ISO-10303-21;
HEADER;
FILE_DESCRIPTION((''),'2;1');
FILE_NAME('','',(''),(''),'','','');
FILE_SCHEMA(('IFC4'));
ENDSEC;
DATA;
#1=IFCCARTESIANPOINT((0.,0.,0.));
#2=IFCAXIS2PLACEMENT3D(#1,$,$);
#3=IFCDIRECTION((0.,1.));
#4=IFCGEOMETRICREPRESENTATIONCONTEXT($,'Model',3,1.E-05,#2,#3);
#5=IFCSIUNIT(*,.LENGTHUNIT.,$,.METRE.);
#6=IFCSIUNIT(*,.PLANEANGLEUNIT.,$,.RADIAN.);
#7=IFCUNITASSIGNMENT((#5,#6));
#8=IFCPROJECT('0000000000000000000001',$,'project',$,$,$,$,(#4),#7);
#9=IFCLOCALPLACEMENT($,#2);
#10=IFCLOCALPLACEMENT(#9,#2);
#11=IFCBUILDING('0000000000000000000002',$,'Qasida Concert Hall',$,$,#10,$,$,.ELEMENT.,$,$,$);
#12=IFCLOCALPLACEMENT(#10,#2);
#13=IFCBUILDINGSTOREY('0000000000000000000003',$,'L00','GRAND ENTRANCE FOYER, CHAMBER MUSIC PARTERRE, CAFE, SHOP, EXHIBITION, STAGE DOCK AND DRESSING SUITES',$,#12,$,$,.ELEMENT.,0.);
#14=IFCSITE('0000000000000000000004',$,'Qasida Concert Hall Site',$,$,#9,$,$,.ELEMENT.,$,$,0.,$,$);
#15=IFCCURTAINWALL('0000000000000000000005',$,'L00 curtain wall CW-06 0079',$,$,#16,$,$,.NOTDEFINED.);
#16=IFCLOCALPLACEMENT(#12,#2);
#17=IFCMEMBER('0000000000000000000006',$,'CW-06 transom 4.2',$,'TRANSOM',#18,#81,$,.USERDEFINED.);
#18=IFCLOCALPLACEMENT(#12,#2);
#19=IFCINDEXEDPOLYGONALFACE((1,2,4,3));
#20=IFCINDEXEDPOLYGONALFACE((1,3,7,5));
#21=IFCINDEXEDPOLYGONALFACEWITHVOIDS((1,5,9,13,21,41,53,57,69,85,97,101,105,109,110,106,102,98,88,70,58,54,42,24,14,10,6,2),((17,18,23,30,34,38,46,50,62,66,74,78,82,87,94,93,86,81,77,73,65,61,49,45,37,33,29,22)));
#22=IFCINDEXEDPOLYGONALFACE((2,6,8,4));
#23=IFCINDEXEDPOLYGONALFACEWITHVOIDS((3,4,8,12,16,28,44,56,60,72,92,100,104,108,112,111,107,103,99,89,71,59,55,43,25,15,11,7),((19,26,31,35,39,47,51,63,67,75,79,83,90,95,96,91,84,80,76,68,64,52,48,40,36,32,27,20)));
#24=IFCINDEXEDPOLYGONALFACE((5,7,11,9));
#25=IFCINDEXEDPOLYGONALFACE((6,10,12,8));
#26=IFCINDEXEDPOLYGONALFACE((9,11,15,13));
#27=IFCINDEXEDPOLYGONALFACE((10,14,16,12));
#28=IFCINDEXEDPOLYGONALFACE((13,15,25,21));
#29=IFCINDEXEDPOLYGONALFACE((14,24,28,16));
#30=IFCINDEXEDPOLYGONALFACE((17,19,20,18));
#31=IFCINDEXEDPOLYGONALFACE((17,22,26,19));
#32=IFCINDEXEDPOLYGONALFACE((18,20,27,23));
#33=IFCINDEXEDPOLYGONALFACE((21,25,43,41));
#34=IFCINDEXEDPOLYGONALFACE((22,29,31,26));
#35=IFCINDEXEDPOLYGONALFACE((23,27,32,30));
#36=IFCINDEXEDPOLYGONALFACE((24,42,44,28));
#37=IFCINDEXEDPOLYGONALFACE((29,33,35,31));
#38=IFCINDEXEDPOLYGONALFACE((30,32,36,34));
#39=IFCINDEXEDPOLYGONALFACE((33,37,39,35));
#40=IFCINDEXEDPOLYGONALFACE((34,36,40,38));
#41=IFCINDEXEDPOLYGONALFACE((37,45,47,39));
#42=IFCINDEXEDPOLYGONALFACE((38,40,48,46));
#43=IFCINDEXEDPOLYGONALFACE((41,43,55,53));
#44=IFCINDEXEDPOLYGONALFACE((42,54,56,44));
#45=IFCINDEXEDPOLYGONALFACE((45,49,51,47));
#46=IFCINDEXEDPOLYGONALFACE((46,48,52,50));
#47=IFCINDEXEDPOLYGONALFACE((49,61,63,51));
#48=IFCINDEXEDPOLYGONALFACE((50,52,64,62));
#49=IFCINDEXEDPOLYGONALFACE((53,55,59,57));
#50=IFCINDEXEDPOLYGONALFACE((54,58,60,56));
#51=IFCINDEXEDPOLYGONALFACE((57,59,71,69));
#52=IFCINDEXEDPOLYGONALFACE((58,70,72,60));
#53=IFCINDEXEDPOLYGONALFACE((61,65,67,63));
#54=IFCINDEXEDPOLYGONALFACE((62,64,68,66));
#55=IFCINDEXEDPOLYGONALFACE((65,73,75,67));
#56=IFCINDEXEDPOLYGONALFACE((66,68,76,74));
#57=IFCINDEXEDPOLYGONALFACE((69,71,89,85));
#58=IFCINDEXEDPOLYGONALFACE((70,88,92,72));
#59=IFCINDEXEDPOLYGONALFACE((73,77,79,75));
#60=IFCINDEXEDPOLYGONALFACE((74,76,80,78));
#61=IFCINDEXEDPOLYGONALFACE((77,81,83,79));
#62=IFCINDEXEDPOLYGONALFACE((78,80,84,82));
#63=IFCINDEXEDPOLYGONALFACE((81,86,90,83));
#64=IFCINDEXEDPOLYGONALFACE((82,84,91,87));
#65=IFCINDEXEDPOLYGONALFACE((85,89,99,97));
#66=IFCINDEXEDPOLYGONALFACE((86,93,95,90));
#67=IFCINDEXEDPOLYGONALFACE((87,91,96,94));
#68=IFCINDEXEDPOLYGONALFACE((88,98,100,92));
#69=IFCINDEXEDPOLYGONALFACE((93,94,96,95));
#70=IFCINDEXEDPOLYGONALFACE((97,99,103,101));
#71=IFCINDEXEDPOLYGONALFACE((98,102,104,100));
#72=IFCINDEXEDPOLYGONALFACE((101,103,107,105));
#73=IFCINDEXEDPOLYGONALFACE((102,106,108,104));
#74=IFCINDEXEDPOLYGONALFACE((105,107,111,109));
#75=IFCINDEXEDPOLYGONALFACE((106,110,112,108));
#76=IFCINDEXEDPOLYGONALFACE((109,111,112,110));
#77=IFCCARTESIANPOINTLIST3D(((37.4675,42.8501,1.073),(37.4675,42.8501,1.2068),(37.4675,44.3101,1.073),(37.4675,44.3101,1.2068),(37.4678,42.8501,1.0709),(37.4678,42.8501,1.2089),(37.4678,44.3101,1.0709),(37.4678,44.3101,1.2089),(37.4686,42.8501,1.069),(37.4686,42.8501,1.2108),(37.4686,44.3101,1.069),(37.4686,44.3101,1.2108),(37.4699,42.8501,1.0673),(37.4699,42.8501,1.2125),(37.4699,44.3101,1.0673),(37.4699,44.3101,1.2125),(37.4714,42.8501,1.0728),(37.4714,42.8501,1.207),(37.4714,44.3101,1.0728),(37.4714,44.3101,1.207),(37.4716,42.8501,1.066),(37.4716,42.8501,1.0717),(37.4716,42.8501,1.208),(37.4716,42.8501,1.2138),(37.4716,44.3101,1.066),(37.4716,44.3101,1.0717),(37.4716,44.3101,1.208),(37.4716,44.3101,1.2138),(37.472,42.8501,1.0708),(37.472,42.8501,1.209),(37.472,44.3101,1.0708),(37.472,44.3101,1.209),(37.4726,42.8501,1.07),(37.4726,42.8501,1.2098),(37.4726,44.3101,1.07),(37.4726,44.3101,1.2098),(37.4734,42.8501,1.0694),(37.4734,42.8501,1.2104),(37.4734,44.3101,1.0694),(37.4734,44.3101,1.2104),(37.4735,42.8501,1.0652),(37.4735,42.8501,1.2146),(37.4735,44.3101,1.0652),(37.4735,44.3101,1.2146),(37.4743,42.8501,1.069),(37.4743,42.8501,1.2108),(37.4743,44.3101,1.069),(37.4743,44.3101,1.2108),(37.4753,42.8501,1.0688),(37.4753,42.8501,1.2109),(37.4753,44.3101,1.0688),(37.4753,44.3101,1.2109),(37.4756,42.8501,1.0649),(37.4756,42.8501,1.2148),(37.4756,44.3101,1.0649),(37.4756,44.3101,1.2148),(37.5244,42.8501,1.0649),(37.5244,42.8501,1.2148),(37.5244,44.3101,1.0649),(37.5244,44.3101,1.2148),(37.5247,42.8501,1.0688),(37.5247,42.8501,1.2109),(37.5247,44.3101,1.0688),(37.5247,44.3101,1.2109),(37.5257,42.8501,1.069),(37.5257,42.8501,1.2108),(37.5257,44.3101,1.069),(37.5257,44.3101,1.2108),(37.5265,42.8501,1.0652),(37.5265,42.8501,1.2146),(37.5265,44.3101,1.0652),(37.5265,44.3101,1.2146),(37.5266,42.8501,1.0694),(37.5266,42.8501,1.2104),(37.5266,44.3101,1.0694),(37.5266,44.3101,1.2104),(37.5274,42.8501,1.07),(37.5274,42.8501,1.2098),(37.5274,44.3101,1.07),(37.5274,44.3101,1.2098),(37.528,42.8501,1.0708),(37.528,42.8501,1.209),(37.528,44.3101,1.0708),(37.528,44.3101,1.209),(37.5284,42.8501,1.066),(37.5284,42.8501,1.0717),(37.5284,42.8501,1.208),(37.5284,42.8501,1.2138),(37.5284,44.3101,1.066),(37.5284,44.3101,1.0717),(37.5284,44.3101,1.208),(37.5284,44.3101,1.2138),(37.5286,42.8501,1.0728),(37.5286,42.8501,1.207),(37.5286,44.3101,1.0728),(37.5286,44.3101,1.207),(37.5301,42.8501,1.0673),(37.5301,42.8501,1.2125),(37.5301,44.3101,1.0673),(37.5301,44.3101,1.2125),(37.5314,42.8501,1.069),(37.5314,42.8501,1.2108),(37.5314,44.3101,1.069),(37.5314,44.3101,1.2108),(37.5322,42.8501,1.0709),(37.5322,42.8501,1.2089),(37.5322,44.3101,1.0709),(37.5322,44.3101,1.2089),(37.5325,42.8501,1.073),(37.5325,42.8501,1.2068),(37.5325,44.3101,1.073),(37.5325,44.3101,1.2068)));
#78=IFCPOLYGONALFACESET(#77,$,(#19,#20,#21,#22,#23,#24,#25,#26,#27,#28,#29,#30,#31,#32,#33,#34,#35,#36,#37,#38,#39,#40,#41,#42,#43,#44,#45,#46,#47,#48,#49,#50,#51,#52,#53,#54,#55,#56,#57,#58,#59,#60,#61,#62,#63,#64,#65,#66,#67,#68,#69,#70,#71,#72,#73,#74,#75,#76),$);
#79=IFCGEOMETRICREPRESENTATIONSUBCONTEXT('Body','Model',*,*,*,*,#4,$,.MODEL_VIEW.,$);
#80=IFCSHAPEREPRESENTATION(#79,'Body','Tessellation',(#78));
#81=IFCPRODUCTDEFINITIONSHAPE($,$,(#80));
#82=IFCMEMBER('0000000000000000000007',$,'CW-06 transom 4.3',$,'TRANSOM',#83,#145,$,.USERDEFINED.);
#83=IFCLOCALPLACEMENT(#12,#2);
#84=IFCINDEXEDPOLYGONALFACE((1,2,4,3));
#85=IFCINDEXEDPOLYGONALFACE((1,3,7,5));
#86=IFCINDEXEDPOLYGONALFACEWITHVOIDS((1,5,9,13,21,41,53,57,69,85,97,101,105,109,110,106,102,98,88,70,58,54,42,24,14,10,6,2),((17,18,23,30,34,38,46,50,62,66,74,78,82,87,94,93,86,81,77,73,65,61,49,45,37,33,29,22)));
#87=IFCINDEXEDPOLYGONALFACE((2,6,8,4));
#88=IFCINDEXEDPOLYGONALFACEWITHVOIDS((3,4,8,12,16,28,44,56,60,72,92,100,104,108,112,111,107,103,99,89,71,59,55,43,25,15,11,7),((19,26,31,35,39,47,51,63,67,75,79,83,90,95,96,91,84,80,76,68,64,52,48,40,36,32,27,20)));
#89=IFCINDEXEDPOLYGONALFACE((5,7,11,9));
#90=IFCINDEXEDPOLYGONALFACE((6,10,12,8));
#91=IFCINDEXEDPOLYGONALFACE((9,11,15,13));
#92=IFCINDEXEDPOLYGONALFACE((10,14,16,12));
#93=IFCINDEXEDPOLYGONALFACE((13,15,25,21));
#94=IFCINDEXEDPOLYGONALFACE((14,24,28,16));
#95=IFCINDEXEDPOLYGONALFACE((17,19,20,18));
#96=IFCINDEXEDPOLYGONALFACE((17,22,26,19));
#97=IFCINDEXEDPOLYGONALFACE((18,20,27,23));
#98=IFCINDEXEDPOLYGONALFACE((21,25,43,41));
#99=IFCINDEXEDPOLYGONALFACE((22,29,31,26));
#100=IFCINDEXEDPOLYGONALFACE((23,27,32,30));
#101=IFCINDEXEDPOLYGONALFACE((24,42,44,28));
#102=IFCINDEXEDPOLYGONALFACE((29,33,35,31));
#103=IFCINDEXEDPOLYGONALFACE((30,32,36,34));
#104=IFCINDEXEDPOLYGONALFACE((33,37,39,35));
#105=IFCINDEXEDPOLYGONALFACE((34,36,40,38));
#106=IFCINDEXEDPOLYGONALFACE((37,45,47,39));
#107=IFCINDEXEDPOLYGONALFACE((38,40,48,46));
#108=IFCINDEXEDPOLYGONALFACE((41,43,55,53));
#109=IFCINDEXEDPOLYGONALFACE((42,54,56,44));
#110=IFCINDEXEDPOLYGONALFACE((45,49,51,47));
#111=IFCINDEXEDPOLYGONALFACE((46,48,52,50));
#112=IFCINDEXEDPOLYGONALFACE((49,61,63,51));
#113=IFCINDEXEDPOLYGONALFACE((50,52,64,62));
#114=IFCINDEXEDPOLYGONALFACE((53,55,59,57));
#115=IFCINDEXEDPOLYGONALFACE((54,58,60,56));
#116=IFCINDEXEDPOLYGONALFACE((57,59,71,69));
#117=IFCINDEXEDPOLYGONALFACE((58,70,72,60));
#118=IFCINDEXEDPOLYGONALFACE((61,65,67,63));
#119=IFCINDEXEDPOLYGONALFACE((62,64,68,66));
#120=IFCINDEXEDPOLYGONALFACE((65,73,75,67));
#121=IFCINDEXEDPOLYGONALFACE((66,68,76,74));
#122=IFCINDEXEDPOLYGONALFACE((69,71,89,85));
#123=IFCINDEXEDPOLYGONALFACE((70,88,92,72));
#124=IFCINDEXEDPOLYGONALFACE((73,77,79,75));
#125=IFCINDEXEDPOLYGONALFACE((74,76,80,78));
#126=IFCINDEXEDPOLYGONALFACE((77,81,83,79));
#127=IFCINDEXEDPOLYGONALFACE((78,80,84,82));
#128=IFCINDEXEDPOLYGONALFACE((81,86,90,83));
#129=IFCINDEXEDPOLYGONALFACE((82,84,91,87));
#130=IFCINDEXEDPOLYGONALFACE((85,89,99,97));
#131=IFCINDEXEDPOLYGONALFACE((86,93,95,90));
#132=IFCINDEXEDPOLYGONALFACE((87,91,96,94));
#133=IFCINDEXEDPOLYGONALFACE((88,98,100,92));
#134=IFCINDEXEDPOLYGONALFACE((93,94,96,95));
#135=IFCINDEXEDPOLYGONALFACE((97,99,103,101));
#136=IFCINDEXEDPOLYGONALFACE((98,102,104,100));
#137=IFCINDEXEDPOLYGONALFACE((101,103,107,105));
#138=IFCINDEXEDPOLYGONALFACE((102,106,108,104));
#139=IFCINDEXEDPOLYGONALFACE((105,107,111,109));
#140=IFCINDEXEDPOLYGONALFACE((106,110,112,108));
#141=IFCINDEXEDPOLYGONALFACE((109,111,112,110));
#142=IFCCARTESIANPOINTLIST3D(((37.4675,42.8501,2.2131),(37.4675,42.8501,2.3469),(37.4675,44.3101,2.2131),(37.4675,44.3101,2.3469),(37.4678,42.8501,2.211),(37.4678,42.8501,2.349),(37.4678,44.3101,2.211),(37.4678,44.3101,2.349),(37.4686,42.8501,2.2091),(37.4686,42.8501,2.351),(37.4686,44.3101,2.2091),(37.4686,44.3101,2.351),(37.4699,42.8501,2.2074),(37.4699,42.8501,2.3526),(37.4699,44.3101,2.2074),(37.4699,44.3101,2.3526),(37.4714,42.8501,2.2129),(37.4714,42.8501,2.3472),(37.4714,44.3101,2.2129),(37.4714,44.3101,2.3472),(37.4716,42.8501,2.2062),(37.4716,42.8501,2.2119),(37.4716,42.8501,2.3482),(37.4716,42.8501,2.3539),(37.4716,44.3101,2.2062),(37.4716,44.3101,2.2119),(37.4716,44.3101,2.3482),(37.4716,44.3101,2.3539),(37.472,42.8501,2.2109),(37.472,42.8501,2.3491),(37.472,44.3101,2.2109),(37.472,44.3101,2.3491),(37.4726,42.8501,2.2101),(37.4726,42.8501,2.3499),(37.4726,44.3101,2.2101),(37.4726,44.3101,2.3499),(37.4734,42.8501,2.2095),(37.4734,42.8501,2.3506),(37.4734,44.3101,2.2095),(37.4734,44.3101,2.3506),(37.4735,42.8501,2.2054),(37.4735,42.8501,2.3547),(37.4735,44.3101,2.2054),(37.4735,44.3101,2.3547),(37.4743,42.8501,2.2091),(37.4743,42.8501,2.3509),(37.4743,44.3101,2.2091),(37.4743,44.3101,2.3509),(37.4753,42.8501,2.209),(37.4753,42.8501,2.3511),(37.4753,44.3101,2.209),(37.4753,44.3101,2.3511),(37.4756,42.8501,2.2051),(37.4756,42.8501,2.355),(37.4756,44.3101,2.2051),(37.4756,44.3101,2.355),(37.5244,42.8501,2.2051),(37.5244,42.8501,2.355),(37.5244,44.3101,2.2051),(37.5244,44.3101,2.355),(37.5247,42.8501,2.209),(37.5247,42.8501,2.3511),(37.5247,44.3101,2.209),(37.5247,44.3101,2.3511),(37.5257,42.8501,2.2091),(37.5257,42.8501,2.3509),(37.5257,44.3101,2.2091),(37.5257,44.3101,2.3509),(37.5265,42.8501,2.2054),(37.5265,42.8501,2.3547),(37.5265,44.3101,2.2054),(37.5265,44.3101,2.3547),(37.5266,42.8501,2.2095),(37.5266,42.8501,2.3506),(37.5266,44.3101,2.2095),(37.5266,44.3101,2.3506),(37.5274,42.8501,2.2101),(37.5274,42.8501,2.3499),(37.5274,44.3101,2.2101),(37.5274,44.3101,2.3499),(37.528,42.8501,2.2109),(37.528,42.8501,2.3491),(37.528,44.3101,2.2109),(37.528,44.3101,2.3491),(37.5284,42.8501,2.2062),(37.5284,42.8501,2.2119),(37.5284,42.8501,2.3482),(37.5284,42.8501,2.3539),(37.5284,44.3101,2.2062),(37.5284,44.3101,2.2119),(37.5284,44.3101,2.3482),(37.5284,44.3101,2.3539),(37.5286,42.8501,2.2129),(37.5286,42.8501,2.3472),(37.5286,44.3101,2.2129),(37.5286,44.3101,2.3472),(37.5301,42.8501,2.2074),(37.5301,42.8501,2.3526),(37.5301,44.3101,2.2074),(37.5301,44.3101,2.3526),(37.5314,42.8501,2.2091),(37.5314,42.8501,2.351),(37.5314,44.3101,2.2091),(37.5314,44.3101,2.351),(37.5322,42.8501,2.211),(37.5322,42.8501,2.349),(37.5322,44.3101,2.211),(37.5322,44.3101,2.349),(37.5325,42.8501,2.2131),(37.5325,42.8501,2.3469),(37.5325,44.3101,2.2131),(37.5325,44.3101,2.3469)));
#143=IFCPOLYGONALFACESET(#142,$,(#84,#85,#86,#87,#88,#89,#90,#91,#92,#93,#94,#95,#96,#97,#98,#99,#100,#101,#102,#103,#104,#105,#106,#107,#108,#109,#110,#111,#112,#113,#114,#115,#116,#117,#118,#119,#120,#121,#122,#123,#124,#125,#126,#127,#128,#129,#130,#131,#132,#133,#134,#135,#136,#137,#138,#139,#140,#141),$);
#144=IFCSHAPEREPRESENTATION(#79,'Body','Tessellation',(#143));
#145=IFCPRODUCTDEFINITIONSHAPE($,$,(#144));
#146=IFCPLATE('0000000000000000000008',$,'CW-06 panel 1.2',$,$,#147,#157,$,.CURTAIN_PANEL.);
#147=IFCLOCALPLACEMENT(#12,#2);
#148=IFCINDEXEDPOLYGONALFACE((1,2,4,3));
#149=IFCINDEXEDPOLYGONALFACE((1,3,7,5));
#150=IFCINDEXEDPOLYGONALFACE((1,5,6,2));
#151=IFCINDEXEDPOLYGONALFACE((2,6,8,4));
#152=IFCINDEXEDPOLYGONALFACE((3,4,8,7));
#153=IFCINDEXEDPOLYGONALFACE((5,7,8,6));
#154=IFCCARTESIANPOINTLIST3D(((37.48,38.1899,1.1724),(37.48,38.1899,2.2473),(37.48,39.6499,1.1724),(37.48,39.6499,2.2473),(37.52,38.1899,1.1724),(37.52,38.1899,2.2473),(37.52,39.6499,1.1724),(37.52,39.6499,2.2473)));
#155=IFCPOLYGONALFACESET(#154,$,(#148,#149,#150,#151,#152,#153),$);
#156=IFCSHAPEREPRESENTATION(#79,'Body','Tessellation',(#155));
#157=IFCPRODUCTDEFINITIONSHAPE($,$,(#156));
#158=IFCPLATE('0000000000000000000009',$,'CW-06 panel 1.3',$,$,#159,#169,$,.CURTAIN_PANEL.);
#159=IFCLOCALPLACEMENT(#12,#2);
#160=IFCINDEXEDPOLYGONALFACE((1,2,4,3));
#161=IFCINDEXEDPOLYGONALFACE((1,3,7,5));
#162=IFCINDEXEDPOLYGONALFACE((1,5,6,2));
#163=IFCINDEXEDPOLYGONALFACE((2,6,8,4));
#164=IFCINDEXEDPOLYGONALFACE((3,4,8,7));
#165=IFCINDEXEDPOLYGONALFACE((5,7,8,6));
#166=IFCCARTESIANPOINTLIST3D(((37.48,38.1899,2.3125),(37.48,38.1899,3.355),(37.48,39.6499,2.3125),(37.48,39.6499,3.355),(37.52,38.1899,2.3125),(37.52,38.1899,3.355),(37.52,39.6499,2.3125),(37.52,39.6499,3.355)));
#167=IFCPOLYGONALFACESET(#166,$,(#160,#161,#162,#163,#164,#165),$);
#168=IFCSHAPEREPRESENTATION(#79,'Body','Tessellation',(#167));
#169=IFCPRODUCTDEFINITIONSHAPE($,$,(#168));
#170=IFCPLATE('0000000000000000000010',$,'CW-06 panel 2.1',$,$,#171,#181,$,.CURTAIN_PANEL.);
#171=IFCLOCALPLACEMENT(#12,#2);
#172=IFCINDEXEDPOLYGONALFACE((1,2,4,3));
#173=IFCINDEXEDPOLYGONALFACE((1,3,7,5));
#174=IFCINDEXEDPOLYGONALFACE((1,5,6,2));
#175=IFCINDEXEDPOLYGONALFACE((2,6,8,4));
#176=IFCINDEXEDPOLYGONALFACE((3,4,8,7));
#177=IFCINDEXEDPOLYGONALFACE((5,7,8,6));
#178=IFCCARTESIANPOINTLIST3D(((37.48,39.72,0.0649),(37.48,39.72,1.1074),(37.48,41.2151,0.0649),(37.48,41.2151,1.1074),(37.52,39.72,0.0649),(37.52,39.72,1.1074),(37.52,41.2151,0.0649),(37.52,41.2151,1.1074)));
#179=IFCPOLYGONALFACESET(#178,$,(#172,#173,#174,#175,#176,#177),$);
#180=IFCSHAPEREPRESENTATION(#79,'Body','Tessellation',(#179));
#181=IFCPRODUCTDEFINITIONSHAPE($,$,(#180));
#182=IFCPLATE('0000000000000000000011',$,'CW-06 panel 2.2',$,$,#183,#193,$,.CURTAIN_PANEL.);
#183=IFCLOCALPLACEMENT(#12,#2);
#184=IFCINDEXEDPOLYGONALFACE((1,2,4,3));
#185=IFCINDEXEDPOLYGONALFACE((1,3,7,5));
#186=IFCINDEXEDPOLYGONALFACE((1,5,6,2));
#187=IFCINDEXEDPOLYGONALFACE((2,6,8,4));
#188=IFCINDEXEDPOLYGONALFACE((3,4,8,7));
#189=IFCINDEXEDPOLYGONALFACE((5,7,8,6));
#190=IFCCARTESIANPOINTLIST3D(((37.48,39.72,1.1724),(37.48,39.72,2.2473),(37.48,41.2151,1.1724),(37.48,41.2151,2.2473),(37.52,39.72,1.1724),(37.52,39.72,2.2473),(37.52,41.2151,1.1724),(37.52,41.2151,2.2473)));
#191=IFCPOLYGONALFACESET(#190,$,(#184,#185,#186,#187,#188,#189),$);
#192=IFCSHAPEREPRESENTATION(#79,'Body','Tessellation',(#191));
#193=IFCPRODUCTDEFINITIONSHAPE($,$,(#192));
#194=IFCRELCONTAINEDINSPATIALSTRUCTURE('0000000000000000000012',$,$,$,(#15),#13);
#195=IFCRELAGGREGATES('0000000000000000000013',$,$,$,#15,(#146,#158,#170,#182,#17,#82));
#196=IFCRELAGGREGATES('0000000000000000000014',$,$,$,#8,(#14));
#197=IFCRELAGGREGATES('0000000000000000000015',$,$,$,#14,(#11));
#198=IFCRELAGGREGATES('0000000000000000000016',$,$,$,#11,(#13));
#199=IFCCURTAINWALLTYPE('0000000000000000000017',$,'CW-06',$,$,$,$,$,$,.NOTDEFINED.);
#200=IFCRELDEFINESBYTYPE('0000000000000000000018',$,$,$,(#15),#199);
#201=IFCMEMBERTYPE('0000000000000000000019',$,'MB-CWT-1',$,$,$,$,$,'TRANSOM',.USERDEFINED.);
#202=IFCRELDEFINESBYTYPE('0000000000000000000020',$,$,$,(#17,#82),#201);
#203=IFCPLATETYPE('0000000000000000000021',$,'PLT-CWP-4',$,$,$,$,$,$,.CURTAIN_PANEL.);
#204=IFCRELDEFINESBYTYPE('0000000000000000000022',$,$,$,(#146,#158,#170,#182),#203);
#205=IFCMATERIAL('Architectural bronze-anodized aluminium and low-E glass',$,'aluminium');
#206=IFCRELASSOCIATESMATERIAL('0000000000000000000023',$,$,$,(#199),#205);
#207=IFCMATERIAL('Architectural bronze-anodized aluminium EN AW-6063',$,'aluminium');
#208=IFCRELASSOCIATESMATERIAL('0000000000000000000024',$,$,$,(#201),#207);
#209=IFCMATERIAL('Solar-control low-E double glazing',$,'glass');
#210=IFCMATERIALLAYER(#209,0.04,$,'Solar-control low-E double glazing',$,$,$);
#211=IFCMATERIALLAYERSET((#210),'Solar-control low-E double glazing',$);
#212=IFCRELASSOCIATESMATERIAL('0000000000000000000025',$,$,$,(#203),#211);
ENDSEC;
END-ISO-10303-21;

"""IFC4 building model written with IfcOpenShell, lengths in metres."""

from ifc_helpers import new_model, si_unit, direction, frame, origin, origin_2d, place, context, subcontext, project, spatial, rectangle, hollow_rectangle, extrude, material, layer, layer_set, material_profile, profile_set, type_object, element, aggregate, save


model = new_model("IFC4")

# Units and contexts
model_context = context("Model", 3, precision=1e-05, world=origin(), true_north=direction((0.0, 1.0)))
body_context = subcontext(model_context, "Body", "Model", "MODEL_VIEW")
ifc_project = project(units=[si_unit("LENGTHUNIT", "METRE"), si_unit("PLANEANGLEUNIT", "RADIAN")], contexts=[model_context])

# Site, building, storey
site_placement = place(None, origin())
site = spatial("IfcSite", under=ifc_project, at=site_placement, Name="Qasida Concert Hall Site", CompositionType="ELEMENT", RefElevation=0.0)
building_placement = place(site_placement, origin())
building = spatial("IfcBuilding", under=site, at=building_placement, Name="Qasida Concert Hall", CompositionType="ELEMENT")
storey_placement = place(building_placement, origin())
storey = spatial("IfcBuildingStorey", under=building, at=storey_placement, Name="L00", Description="GRAND ENTRANCE FOYER, CHAMBER MUSIC PARTERRE, CAFE, SHOP, EXHIBITION, STAGE DOCK AND DRESSING SUITES", CompositionType="ELEMENT", Elevation=0.0)

# Curtain wall, members, plates
ifc_material_1 = material(Name="Architectural bronze-anodized aluminium and low-E glass", Category="aluminium")
curtain_wall_type = type_object("IfcCurtainWallType", Name="CW-06", PredefinedType="NOTDEFINED", material=ifc_material_1)
curtain_wall_placement = place(storey_placement, origin())
curtain_wall = element("IfcCurtainWall", 1, at=curtain_wall_placement, inside=storey, type_object=curtain_wall_type, Name="L00 curtain wall CW-06 0079", PredefinedType="NOTDEFINED")
ifc_material_2 = material(Name="Architectural bronze-anodized aluminium EN AW-6063", Category="aluminium")
ifc_material_profile_1 = material_profile(ifc_material_2, hollow_rectangle(XDim=0.0649, YDim=0.1499, WallThickness=0.0039, InnerFilletRadius=0.0039, OuterFilletRadius=0.0081, at=origin_2d()), Name="CWT 150x65x4")
ifc_profile_set_1 = profile_set([ifc_material_profile_1], Name="Architectural bronze-anodized aluminium EN AW-6063")
member_type_1 = type_object("IfcMemberType", Name="MB-CWT-1", ElementType="TRANSOM", PredefinedType="USERDEFINED", material=ifc_profile_set_1)
member_1_placement = place(storey_placement, frame((37.5, 42.8501, 1.1399), z_axis=(0.0, 1.0, 0.0), x_axis=(-1.0, 0.0, 0.0)))
member_1 = element("IfcMember", 2, at=member_1_placement, type_object=member_type_1, Name="CW-06 transom 4.2", ObjectType="TRANSOM", PredefinedType="USERDEFINED", context=body_context, shape_type="SweptSolid", body=[
    extrude(hollow_rectangle(XDim=0.0649, YDim=0.1499, WallThickness=0.0039, InnerFilletRadius=0.0039, OuterFilletRadius=0.0081, at=origin_2d()), origin(), (0.0, 0.0, 1.0), 1.46),
])
member_2_placement = place(storey_placement, frame((37.5, 42.8501, 2.28), z_axis=(0.0, 1.0, 0.0), x_axis=(-1.0, 0.0, 0.0)))
member_2 = element("IfcMember", 3, at=member_2_placement, type_object=member_type_1, Name="CW-06 transom 4.3", ObjectType="TRANSOM", PredefinedType="USERDEFINED", context=body_context, shape_type="SweptSolid", body=[
    extrude(hollow_rectangle(XDim=0.0649, YDim=0.1499, WallThickness=0.0039, InnerFilletRadius=0.0039, OuterFilletRadius=0.0081, at=origin_2d()), origin(), (0.0, 0.0, 1.0), 1.46),
])
ifc_material_3 = material(Name="Solar-control low-E double glazing", Category="glass")
ifc_layer = layer(ifc_material_3, 0.04, Name="Solar-control low-E double glazing")
ifc_layer_set = layer_set([ifc_layer], Name="Solar-control low-E double glazing")
plate_type = type_object("IfcPlateType", Name="PLT-CWP-4", PredefinedType="CURTAIN_PANEL", material=ifc_layer_set)
plate_1_placement = place(storey_placement, frame((37.5, 38.9199, 1.1724), z_axis=(0.0, 0.0, 1.0), x_axis=(0.0, 1.0, 0.0)))
plate_1 = element("IfcPlate", 4, at=plate_1_placement, type_object=plate_type, Name="CW-06 panel 1.2", PredefinedType="CURTAIN_PANEL", context=body_context, shape_type="SweptSolid", body=[
    extrude(rectangle(XDim=1.46, YDim=0.04, at=origin_2d()), origin(), (0.0, 0.0, 1.0), 1.075),
])
plate_2_placement = place(storey_placement, frame((37.5, 38.9199, 2.3125), z_axis=(0.0, 0.0, 1.0), x_axis=(0.0, 1.0, 0.0)))
plate_2 = element("IfcPlate", 5, at=plate_2_placement, type_object=plate_type, Name="CW-06 panel 1.3", PredefinedType="CURTAIN_PANEL", context=body_context, shape_type="SweptSolid", body=[
    extrude(rectangle(XDim=1.46, YDim=0.04, at=origin_2d()), origin(), (0.0, 0.0, 1.0), 1.0425),
])
plate_3_placement = place(storey_placement, frame((37.5, 40.4675, 0.0649), z_axis=(0.0, 0.0, 1.0), x_axis=(0.0, 1.0, 0.0)))
plate_3 = element("IfcPlate", 6, at=plate_3_placement, type_object=plate_type, Name="CW-06 panel 2.1", PredefinedType="CURTAIN_PANEL", context=body_context, shape_type="SweptSolid", body=[
    extrude(rectangle(XDim=1.4951, YDim=0.04, at=origin_2d()), origin(), (0.0, 0.0, 1.0), 1.0425),
])
plate_4_placement = place(storey_placement, frame((37.5, 40.4675, 1.1724), z_axis=(0.0, 0.0, 1.0), x_axis=(0.0, 1.0, 0.0)))
plate_4 = element("IfcPlate", 7, at=plate_4_placement, type_object=plate_type, Name="CW-06 panel 2.2", PredefinedType="CURTAIN_PANEL", context=body_context, shape_type="SweptSolid", body=[
    extrude(rectangle(XDim=1.4951, YDim=0.04, at=origin_2d()), origin(), (0.0, 0.0, 1.0), 1.075),
])
aggregate(curtain_wall, [plate_1, plate_2, plate_3, plate_4, member_1, member_2])

save(model, "model.ifc")
